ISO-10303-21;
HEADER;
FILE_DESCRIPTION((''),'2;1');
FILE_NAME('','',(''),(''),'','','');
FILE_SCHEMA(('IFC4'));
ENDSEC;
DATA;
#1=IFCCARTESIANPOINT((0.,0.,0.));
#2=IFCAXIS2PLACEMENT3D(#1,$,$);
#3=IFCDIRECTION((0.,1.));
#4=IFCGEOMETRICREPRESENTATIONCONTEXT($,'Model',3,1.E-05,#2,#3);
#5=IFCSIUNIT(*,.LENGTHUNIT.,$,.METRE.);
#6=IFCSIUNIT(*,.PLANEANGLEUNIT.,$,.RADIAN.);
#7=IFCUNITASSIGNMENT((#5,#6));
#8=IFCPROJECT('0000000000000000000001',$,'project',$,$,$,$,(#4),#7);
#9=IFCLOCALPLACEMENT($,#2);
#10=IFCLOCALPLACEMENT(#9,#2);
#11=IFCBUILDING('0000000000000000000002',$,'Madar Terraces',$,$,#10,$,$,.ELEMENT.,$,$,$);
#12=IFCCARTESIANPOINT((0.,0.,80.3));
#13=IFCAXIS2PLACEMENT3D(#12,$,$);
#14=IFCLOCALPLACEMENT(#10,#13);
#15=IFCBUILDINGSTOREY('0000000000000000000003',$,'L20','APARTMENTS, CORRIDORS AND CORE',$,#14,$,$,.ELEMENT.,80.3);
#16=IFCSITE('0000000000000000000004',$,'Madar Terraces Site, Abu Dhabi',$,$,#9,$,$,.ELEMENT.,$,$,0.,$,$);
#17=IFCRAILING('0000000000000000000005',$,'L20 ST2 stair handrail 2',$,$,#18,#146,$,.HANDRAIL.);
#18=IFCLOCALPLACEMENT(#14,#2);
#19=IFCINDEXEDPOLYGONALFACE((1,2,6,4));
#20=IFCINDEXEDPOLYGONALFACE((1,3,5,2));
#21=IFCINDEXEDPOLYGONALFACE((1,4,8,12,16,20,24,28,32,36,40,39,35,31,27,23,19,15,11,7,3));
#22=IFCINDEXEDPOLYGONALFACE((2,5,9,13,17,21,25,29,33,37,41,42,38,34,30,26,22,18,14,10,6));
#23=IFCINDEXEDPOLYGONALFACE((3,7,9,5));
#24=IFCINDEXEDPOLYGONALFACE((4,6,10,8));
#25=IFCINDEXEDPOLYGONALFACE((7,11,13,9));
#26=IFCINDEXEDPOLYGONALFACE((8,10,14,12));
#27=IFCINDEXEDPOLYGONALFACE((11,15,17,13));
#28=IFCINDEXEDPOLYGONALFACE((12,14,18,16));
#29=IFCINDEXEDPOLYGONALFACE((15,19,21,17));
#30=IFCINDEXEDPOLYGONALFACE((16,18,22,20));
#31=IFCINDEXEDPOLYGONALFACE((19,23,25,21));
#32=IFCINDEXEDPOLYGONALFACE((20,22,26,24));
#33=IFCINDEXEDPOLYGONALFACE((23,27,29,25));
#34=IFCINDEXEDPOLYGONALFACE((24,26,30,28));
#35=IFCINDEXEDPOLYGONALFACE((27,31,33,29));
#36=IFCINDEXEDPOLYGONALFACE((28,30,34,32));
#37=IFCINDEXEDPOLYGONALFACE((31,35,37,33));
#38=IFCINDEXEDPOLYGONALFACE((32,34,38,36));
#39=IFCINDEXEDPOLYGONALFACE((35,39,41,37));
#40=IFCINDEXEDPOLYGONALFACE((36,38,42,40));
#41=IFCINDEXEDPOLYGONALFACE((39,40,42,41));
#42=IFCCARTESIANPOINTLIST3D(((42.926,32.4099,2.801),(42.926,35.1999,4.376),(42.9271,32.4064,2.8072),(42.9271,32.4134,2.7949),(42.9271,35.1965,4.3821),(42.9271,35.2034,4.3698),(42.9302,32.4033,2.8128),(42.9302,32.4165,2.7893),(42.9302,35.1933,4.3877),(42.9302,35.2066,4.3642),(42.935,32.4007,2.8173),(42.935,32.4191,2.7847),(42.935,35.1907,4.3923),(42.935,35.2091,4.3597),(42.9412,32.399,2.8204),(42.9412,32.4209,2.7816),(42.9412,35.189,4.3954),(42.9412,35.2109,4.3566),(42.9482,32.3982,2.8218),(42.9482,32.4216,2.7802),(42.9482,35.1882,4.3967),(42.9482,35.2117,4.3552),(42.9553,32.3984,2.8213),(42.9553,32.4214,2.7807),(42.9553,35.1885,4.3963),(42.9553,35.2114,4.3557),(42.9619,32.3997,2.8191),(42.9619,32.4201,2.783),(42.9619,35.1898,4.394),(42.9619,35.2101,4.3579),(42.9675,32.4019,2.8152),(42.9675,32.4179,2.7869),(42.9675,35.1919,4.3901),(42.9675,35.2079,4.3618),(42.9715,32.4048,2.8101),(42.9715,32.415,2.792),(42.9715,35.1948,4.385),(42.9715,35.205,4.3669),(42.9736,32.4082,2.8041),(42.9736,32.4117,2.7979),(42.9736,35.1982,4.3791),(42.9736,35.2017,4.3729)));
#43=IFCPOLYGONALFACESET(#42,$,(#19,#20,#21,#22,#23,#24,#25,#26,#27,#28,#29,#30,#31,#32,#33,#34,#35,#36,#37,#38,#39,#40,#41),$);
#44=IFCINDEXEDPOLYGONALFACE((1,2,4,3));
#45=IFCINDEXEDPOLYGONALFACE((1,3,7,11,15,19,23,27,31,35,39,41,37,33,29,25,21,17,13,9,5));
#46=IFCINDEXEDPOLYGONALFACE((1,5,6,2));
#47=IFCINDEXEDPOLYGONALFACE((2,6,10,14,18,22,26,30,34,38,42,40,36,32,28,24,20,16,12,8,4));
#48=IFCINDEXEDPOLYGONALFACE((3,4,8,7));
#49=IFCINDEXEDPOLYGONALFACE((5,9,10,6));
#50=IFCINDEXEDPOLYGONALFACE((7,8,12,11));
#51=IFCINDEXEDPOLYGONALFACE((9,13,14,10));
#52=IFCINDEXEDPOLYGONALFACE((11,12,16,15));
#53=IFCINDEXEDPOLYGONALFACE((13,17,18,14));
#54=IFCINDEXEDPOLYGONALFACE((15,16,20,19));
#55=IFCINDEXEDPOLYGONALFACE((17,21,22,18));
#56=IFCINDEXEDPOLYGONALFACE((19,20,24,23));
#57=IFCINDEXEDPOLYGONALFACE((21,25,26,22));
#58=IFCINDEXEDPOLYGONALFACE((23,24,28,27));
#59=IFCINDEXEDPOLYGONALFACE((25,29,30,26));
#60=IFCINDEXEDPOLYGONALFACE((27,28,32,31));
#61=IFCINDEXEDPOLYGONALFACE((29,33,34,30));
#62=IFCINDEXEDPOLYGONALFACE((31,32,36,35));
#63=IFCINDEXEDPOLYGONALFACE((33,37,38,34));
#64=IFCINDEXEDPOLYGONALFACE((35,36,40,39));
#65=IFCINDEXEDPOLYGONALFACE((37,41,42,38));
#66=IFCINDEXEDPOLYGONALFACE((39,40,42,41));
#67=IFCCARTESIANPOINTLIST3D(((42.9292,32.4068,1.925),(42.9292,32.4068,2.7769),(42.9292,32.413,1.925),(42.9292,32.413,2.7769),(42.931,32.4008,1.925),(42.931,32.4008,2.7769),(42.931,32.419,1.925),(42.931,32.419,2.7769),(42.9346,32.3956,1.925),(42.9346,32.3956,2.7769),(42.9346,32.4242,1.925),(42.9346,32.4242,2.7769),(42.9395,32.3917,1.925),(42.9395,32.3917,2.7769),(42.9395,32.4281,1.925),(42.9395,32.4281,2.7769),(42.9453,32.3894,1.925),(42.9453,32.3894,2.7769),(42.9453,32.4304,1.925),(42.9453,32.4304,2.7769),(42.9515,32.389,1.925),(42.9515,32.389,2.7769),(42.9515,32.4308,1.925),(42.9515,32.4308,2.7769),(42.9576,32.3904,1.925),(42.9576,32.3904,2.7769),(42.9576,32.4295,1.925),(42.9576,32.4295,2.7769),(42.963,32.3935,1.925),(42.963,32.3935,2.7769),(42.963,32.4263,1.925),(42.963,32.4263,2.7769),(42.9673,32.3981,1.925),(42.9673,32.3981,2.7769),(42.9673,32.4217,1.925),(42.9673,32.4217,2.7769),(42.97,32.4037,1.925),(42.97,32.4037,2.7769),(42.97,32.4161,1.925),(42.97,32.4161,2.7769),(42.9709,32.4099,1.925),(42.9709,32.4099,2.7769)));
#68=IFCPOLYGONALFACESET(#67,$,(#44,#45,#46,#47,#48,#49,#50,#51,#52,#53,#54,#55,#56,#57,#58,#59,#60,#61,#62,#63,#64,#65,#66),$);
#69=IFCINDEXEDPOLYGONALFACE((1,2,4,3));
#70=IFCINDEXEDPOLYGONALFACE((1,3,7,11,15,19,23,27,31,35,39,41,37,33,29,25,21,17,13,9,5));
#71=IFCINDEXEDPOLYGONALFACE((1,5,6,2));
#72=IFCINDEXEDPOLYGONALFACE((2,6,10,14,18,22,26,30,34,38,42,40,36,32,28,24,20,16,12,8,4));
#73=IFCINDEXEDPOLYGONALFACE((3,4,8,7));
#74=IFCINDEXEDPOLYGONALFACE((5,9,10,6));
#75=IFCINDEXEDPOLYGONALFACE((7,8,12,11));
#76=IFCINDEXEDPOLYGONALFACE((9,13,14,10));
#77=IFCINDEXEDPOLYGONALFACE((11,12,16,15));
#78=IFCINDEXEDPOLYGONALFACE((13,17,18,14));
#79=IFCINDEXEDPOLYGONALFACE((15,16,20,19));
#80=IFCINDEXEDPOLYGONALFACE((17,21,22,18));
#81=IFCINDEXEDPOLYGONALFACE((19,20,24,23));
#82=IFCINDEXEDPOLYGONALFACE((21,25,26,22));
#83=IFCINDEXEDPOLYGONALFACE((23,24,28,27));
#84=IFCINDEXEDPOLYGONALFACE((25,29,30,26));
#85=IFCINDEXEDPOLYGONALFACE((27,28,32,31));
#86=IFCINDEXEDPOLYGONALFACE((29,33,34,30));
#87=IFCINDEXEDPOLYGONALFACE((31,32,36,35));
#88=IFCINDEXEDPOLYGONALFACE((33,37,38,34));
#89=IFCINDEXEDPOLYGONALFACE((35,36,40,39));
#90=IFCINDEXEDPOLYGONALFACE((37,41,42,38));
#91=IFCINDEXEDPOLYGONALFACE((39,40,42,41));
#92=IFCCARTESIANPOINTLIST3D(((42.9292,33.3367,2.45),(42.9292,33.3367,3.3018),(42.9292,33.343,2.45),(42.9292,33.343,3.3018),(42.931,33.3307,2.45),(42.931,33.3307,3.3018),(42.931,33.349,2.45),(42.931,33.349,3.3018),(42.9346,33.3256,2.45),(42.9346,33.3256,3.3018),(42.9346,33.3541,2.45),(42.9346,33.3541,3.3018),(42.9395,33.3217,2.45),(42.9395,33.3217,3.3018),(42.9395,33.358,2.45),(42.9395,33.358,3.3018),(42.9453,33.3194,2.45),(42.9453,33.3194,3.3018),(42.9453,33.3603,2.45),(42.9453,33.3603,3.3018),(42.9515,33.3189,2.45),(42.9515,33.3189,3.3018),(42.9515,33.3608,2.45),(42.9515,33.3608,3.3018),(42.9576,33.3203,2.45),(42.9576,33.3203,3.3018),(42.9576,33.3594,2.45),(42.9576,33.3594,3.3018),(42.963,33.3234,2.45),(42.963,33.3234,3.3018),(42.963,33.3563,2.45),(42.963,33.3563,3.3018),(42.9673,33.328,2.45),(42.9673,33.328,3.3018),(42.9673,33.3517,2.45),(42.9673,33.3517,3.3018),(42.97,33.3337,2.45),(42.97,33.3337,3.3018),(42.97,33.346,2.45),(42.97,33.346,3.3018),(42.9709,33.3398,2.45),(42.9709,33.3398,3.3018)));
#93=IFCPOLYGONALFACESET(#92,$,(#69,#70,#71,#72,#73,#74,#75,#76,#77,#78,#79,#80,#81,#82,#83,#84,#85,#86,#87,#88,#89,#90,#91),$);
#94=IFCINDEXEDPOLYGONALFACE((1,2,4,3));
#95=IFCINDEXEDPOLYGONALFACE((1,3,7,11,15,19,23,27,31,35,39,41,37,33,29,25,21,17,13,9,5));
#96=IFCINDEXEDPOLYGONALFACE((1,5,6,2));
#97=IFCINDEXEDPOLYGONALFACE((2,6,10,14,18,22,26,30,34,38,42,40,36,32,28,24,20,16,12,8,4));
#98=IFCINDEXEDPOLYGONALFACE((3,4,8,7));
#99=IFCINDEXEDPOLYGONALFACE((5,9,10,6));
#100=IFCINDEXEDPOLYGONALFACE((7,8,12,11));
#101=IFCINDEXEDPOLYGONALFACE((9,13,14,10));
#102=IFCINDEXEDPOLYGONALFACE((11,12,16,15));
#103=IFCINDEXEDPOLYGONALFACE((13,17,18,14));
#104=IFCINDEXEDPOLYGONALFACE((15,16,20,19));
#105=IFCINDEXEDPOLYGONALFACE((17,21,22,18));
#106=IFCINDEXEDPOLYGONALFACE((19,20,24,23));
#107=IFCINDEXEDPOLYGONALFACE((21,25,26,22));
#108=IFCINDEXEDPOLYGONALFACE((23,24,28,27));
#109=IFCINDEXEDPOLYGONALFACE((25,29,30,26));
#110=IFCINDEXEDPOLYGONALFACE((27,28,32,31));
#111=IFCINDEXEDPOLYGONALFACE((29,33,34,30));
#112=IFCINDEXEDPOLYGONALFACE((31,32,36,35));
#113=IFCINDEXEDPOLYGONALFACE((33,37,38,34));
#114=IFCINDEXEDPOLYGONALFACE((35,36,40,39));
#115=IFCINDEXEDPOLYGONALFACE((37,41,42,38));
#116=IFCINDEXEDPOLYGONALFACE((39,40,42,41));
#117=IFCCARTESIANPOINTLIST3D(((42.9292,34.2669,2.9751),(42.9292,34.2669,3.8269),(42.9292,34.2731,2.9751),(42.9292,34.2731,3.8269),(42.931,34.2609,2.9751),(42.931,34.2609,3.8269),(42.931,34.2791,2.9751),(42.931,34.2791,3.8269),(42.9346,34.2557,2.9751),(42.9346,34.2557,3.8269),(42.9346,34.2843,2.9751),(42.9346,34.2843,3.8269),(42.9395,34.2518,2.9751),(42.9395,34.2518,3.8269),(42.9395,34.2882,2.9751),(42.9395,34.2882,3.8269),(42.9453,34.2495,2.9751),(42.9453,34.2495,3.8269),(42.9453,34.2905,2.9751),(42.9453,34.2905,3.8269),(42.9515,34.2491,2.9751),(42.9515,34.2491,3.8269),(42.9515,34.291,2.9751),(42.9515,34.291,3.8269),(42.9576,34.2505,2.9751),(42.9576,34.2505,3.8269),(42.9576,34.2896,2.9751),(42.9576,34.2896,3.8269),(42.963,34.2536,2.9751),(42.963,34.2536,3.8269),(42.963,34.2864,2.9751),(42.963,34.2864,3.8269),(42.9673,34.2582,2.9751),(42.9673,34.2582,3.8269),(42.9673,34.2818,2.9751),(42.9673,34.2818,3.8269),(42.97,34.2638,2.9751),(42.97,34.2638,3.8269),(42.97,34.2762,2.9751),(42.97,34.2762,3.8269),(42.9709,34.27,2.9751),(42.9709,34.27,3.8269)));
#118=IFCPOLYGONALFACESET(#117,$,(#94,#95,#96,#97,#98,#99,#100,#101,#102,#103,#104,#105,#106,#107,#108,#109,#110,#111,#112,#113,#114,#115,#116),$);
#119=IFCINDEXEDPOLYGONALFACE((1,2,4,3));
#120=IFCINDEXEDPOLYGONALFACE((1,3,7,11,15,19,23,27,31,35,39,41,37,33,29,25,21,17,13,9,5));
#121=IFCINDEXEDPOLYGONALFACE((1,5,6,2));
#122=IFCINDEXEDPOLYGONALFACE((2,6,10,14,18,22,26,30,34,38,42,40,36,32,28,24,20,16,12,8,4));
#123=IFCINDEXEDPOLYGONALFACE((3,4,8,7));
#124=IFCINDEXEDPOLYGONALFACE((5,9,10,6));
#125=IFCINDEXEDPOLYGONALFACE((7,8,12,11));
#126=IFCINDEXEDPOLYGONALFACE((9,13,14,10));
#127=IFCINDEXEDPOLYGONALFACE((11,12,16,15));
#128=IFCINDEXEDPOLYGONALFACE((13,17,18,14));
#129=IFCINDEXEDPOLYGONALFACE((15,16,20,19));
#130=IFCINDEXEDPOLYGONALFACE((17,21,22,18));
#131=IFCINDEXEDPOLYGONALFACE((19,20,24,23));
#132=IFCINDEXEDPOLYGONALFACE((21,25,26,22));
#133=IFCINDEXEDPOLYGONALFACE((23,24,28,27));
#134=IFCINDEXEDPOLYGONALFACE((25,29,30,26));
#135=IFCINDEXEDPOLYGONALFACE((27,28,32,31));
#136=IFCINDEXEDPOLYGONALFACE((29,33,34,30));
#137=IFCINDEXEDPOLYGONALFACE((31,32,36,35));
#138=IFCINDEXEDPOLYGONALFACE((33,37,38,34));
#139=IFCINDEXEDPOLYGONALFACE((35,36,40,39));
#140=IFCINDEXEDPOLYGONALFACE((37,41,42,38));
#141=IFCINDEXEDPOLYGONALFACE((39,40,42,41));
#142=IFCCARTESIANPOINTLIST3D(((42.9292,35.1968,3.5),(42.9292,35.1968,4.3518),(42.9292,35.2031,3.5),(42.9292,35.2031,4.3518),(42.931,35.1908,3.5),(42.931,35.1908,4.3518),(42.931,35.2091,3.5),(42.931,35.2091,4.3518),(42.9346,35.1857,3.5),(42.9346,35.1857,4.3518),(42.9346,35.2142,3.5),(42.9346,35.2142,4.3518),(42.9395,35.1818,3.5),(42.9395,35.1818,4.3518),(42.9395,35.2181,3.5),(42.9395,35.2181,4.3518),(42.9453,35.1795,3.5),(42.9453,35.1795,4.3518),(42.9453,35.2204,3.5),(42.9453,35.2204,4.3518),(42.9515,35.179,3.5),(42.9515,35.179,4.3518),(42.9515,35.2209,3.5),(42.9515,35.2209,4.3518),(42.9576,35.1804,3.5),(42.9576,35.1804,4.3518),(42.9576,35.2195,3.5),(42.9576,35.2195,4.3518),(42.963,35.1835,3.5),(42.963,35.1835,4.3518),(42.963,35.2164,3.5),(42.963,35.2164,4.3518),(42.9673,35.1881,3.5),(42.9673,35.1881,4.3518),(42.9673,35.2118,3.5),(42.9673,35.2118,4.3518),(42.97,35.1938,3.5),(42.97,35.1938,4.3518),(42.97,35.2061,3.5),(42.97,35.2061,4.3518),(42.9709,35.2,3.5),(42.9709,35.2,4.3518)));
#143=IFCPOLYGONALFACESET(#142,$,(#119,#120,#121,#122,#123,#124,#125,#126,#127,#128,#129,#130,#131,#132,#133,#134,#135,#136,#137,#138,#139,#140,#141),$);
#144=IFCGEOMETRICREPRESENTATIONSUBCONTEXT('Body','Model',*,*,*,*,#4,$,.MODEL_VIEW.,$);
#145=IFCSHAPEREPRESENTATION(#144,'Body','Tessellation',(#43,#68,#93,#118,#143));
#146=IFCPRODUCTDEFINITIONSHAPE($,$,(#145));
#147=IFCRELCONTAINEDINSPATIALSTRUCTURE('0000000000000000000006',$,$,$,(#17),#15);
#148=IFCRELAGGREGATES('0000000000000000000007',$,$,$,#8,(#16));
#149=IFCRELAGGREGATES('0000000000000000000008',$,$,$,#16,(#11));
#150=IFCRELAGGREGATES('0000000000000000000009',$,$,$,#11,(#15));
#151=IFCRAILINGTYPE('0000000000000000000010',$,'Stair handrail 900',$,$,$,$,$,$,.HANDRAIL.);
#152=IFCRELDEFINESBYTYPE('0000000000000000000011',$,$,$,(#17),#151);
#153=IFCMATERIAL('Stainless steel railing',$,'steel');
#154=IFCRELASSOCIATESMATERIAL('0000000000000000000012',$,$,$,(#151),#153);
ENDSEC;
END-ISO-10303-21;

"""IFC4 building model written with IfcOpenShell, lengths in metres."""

from ifc_helpers import new_model, si_unit, direction, frame, origin, origin_2d, place, context, subcontext, project, spatial, circle, extrude, material, type_object, element, save


model = new_model("IFC4")

# Units and contexts
model_context = context("Model", 3, precision=1e-05, world=origin(), true_north=direction((0.0, 1.0)))
body_context = subcontext(model_context, "Body", "Model", "MODEL_VIEW")
ifc_project = project(units=[si_unit("LENGTHUNIT", "METRE"), si_unit("PLANEANGLEUNIT", "RADIAN")], contexts=[model_context])

# Site, building, storey
site_placement = place(None, origin())
site = spatial("IfcSite", under=ifc_project, at=site_placement, Name="Madar Terraces Site, Abu Dhabi", CompositionType="ELEMENT", RefElevation=0.0)
building_placement = place(site_placement, origin())
building = spatial("IfcBuilding", under=site, at=building_placement, Name="Madar Terraces", CompositionType="ELEMENT")
storey_placement = place(building_placement, frame((0.0, 0.0, 80.3)))
storey = spatial("IfcBuildingStorey", under=building, at=storey_placement, Name="L20", Description="APARTMENTS, CORRIDORS AND CORE", CompositionType="ELEMENT", Elevation=80.3)

# Railing
ifc_material_1 = material(Name="Stainless steel railing", Category="steel")
railing_type_1 = type_object("IfcRailingType", Name="Stair handrail 900", PredefinedType="HANDRAIL", material=ifc_material_1)
railing_1_placement = place(storey_placement, frame((42.95, 32.4099, 1.925)))
element("IfcRailing", 1, at=railing_1_placement, inside=storey, type_object=railing_type_1, Name="L20 ST2 stair handrail 2", PredefinedType="HANDRAIL", context=body_context, shape_type="SweptSolid", body=[
    extrude(circle(Radius=0.0239, at=origin_2d()), frame((0.0, 0.0, 0.876), z_axis=(0.0, 0.870834, 0.491578), x_axis=(-1.0, 0.0, 0.0)), (0.0, 0.0, 1.0), 3.2039),
    extrude(circle(Radius=0.021, at=origin_2d()), origin(), (0.0, 0.0, 1.0), 0.8518),
    extrude(circle(Radius=0.021, at=origin_2d()), frame((0.0, 0.9299, 0.5249)), (0.0, 0.0, 1.0), 0.8518),
    extrude(circle(Radius=0.021, at=origin_2d()), frame((0.0, 1.8601, 1.05)), (0.0, 0.0, 1.0), 0.8518),
    extrude(circle(Radius=0.021, at=origin_2d()), frame((0.0, 2.79, 1.575)), (0.0, 0.0, 1.0), 0.8518),
])

save(model, "model.ifc")
